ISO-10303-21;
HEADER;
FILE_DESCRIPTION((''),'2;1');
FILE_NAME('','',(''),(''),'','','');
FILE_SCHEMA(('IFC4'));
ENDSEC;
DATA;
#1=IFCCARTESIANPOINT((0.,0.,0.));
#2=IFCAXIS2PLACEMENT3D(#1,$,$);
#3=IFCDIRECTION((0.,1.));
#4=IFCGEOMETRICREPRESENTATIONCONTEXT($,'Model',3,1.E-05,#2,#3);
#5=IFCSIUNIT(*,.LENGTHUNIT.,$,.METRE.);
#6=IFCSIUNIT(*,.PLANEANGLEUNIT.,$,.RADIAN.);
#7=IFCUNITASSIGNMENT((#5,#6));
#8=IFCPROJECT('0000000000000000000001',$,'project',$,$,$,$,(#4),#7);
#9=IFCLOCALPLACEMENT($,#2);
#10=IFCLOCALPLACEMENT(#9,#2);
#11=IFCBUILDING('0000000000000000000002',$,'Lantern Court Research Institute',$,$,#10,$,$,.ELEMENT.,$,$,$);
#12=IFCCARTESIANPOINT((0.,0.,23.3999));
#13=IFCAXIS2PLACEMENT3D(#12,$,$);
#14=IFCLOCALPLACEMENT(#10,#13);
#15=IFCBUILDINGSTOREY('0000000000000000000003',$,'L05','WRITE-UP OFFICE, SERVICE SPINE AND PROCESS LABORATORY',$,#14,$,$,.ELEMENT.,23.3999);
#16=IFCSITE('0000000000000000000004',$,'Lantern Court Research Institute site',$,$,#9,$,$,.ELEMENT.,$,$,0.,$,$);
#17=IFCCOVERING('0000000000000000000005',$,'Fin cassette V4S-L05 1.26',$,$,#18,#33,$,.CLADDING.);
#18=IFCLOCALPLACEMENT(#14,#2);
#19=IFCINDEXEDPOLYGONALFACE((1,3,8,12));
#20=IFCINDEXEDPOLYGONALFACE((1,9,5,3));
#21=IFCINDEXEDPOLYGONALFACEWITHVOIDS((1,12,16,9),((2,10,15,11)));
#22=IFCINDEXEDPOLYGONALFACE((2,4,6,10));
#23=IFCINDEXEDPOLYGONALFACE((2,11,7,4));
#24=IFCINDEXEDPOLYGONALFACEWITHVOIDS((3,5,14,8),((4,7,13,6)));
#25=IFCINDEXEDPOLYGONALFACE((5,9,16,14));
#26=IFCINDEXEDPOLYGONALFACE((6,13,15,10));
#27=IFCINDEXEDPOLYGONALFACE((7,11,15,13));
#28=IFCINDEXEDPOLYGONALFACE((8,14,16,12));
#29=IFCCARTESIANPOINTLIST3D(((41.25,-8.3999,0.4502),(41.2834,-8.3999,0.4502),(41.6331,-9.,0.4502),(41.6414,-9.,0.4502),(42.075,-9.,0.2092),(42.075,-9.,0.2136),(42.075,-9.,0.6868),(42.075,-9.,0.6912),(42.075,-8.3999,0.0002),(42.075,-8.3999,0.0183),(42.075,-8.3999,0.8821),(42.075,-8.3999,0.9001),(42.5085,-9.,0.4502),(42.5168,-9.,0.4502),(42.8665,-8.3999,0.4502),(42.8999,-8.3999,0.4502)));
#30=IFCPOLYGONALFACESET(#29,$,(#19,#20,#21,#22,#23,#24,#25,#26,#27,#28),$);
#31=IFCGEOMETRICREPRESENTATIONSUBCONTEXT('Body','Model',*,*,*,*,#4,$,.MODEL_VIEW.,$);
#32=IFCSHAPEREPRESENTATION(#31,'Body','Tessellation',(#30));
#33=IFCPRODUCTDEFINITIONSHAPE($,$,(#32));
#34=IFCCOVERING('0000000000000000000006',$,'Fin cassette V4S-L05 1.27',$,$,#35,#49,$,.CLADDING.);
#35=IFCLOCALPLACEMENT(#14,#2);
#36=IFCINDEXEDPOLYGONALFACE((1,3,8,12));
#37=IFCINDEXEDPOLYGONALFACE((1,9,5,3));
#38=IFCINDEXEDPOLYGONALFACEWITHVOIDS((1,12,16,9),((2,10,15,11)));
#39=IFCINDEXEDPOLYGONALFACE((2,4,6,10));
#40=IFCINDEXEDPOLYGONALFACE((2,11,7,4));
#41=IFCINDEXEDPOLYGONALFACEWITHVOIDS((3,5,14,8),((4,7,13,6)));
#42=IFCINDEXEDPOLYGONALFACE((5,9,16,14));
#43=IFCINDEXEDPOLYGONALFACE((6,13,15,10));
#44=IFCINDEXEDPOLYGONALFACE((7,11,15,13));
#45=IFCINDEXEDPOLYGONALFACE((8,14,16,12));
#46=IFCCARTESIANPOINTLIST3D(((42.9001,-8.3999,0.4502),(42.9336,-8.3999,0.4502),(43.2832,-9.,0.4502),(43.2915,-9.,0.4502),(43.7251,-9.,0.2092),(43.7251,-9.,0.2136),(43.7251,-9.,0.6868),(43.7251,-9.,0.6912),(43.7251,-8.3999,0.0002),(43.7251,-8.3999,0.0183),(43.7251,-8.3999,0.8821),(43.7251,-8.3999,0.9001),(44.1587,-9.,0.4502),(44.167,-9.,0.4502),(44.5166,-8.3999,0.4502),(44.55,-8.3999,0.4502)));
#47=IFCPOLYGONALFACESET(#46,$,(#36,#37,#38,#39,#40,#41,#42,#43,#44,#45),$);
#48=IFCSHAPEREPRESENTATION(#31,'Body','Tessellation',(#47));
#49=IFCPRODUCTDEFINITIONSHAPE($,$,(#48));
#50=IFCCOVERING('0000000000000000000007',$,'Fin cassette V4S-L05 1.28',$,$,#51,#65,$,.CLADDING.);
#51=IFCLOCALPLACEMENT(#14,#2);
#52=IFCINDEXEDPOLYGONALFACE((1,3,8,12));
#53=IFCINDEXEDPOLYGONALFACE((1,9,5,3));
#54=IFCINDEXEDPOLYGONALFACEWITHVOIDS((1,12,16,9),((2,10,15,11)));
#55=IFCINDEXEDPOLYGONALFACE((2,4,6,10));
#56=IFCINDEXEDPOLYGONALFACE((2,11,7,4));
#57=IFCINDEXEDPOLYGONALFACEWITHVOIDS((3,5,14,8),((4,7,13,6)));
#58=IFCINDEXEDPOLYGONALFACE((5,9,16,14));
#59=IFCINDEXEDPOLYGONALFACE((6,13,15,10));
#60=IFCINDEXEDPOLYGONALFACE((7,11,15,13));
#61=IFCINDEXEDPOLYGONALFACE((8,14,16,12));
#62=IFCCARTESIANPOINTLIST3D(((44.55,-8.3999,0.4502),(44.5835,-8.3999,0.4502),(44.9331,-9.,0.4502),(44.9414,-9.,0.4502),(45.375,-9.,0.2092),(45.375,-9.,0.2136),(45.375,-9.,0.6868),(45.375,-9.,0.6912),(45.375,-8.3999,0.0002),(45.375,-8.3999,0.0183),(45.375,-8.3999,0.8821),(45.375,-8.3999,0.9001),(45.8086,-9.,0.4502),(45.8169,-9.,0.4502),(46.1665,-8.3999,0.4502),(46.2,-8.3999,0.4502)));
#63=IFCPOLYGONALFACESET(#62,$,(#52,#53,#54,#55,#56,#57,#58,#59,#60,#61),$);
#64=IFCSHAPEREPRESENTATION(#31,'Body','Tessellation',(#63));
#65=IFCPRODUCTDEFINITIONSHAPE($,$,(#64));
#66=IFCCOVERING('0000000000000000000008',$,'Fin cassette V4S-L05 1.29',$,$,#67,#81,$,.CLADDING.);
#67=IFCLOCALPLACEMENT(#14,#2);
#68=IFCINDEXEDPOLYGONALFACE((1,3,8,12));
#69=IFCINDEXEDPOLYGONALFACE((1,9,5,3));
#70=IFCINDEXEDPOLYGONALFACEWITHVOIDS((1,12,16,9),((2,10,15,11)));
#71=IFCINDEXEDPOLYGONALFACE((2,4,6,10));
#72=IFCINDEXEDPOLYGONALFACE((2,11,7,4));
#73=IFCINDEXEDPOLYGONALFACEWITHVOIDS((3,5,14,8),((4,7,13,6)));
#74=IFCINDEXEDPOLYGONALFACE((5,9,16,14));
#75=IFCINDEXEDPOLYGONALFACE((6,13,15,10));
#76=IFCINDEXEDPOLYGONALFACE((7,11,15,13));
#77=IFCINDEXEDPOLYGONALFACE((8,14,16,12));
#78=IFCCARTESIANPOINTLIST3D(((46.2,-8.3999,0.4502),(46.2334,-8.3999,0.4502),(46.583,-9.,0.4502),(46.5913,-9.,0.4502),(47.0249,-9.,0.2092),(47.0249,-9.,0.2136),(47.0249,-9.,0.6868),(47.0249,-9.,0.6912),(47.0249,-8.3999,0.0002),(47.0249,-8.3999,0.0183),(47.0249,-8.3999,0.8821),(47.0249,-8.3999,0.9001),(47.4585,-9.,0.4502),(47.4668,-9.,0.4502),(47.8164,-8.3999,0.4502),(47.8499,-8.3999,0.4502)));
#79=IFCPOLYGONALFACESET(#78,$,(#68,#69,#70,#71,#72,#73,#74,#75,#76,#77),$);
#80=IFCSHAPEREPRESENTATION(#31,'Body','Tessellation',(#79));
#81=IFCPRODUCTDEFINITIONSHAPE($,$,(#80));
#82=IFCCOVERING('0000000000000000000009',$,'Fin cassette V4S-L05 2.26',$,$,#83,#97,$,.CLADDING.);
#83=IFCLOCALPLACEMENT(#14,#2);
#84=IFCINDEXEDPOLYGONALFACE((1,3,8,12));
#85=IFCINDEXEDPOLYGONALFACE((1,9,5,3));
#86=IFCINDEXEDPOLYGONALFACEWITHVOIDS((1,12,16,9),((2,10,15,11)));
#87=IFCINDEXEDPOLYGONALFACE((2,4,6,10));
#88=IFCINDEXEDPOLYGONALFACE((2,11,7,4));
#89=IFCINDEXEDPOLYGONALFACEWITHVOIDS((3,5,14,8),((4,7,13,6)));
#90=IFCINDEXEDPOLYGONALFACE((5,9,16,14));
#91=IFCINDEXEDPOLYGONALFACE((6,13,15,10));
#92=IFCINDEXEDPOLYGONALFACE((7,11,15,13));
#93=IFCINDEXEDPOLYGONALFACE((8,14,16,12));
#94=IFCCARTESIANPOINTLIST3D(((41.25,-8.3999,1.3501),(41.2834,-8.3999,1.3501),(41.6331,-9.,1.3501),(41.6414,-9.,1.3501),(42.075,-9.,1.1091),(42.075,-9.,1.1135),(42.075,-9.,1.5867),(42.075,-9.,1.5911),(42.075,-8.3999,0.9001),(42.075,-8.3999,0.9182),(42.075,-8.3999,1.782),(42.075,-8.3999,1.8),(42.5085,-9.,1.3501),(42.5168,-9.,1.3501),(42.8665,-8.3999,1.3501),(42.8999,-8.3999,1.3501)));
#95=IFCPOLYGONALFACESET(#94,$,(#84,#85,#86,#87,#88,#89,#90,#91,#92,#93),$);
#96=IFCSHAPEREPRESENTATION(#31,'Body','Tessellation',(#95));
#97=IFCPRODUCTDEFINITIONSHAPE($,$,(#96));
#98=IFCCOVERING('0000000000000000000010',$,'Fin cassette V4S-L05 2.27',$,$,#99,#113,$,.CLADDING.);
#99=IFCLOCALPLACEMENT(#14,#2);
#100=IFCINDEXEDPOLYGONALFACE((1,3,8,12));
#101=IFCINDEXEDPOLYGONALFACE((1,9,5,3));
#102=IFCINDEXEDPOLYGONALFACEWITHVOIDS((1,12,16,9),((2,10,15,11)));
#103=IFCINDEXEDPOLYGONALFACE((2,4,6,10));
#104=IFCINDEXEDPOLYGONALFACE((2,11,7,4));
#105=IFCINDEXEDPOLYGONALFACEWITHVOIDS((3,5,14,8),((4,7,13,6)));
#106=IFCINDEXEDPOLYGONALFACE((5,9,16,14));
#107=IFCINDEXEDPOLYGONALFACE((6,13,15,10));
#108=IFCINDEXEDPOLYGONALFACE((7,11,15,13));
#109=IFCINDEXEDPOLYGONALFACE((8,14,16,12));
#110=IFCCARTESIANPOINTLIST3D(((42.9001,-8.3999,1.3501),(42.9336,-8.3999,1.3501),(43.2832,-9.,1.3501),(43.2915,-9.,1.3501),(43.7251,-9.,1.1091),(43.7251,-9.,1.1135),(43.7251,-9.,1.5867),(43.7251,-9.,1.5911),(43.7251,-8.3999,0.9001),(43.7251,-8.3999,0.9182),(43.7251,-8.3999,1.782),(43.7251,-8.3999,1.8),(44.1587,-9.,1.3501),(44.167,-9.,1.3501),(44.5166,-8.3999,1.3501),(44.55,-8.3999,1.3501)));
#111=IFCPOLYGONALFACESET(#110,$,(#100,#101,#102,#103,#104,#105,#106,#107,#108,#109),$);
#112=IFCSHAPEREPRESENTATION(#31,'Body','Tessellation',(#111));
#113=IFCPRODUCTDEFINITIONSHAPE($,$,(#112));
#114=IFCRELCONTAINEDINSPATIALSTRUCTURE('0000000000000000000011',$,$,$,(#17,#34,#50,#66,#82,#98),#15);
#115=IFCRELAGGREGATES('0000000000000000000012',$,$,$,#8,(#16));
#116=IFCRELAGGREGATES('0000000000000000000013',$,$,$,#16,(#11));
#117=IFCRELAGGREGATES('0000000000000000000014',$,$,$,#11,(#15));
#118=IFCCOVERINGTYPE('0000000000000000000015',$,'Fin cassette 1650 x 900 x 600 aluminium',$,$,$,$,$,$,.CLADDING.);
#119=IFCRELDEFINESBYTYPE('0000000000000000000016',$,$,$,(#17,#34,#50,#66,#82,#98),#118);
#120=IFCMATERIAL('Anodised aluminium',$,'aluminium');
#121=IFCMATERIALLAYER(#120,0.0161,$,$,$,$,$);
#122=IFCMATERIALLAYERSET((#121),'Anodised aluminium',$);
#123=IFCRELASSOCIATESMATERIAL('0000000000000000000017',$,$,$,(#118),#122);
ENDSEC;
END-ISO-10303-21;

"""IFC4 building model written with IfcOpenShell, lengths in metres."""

from ifc_helpers import new_model, entity, si_unit, direction, frame, origin, place, context, subcontext, project, spatial, material, layer, layer_set, type_object, element, save


model = new_model("IFC4")

# Units and contexts
model_context = context("Model", 3, precision=1e-05, world=origin(), true_north=direction((0.0, 1.0)))
body_context = subcontext(model_context, "Body", "Model", "MODEL_VIEW")
ifc_project = project(units=[si_unit("LENGTHUNIT", "METRE"), si_unit("PLANEANGLEUNIT", "RADIAN")], contexts=[model_context])

# Site, building, storey
site_placement = place(None, origin())
site = spatial("IfcSite", under=ifc_project, at=site_placement, Name="Lantern Court Research Institute site", CompositionType="ELEMENT", RefElevation=0.0)
building_placement = place(site_placement, origin())
building = spatial("IfcBuilding", under=site, at=building_placement, Name="Lantern Court Research Institute", CompositionType="ELEMENT")
storey_placement = place(building_placement, frame((0.0, 0.0, 23.3999)))
storey = spatial("IfcBuildingStorey", under=building, at=storey_placement, Name="L05", Description="WRITE-UP OFFICE, SERVICE SPINE AND PROCESS LABORATORY", CompositionType="ELEMENT", Elevation=23.3999)

# Coverings
ifc_material_1 = material(Name="Anodised aluminium", Category="aluminium")
ifc_layer_1 = layer(ifc_material_1, 0.0161)
ifc_layer_set_1 = layer_set([ifc_layer_1], Name="Anodised aluminium")
covering_type = type_object("IfcCoveringType", Name="Fin cassette 1650 x 900 x 600 aluminium", PredefinedType="CLADDING", material=ifc_layer_set_1)
covering_1_placement = place(storey_placement, frame((42.075, -8.3999, 0.4502), z_axis=(0.0, -1.0, 0.0), x_axis=(1.0, 0.0, 0.0)))
cartesian_point_1 = entity("IfcCartesianPoint", [0.825, 0.0])
cartesian_point_2 = entity("IfcCartesianPoint", [0.7915, 0.0])
cartesian_point_3 = entity("IfcCartesianPoint", [0.4419, 0.0])
cartesian_point_4 = entity("IfcCartesianPoint", [0.4336, 0.0])
element("IfcCovering", 1, at=covering_1_placement, inside=storey, type_object=covering_type, Name="Fin cassette V4S-L05 1.26", PredefinedType="CLADDING", context=body_context, shape_type="SweptSolid", body=[
    entity("IfcExtrudedAreaSolidTapered", entity("IfcArbitraryProfileDefWithVoids", "AREA", None, entity("IfcPolyline", [cartesian_point_1, entity("IfcCartesianPoint", [0.0, 0.45]), entity("IfcCartesianPoint", [-0.825, 0.0]), entity("IfcCartesianPoint", [0.0, -0.45]), cartesian_point_1]), [entity("IfcPolyline", [cartesian_point_2, entity("IfcCartesianPoint", [0.0, 0.4319]), entity("IfcCartesianPoint", [-0.7915, 0.0]), entity("IfcCartesianPoint", [0.0, -0.4319]), cartesian_point_2])]), entity("IfcAxis2Placement3D", entity("IfcCartesianPoint", [0.0, 0.0, 0.0])), entity("IfcDirection", [0.0, 0.0, 1.0]), 0.6001, entity("IfcArbitraryProfileDefWithVoids", "AREA", None, entity("IfcPolyline", [cartesian_point_3, entity("IfcCartesianPoint", [0.0, 0.241]), entity("IfcCartesianPoint", [-0.4419, 0.0]), entity("IfcCartesianPoint", [0.0, -0.241]), cartesian_point_3]), [entity("IfcPolyline", [cartesian_point_4, entity("IfcCartesianPoint", [0.0, 0.2366]), entity("IfcCartesianPoint", [-0.4336, 0.0]), entity("IfcCartesianPoint", [0.0, -0.2366]), cartesian_point_4])])),
])
covering_2_placement = place(storey_placement, frame((43.7251, -8.3999, 0.4502), z_axis=(0.0, -1.0, 0.0), x_axis=(1.0, 0.0, 0.0)))
cartesian_point_5 = entity("IfcCartesianPoint", [0.825, 0.0])
cartesian_point_6 = entity("IfcCartesianPoint", [0.7915, 0.0])
cartesian_point_7 = entity("IfcCartesianPoint", [0.4419, 0.0])
cartesian_point_8 = entity("IfcCartesianPoint", [0.4336, 0.0])
element("IfcCovering", 2, at=covering_2_placement, inside=storey, type_object=covering_type, Name="Fin cassette V4S-L05 1.27", PredefinedType="CLADDING", context=body_context, shape_type="SweptSolid", body=[
    entity("IfcExtrudedAreaSolidTapered", entity("IfcArbitraryProfileDefWithVoids", "AREA", None, entity("IfcPolyline", [cartesian_point_5, entity("IfcCartesianPoint", [0.0, 0.45]), entity("IfcCartesianPoint", [-0.825, 0.0]), entity("IfcCartesianPoint", [0.0, -0.45]), cartesian_point_5]), [entity("IfcPolyline", [cartesian_point_6, entity("IfcCartesianPoint", [0.0, 0.4319]), entity("IfcCartesianPoint", [-0.7915, 0.0]), entity("IfcCartesianPoint", [0.0, -0.4319]), cartesian_point_6])]), entity("IfcAxis2Placement3D", entity("IfcCartesianPoint", [0.0, 0.0, 0.0])), entity("IfcDirection", [0.0, 0.0, 1.0]), 0.6001, entity("IfcArbitraryProfileDefWithVoids", "AREA", None, entity("IfcPolyline", [cartesian_point_7, entity("IfcCartesianPoint", [0.0, 0.241]), entity("IfcCartesianPoint", [-0.4419, 0.0]), entity("IfcCartesianPoint", [0.0, -0.241]), cartesian_point_7]), [entity("IfcPolyline", [cartesian_point_8, entity("IfcCartesianPoint", [0.0, 0.2366]), entity("IfcCartesianPoint", [-0.4336, 0.0]), entity("IfcCartesianPoint", [0.0, -0.2366]), cartesian_point_8])])),
])
covering_3_placement = place(storey_placement, frame((45.375, -8.3999, 0.4502), z_axis=(0.0, -1.0, 0.0), x_axis=(1.0, 0.0, 0.0)))
cartesian_point_9 = entity("IfcCartesianPoint", [0.825, 0.0])
cartesian_point_10 = entity("IfcCartesianPoint", [0.7915, 0.0])
cartesian_point_11 = entity("IfcCartesianPoint", [0.4419, 0.0])
cartesian_point_12 = entity("IfcCartesianPoint", [0.4336, 0.0])
element("IfcCovering", 3, at=covering_3_placement, inside=storey, type_object=covering_type, Name="Fin cassette V4S-L05 1.28", PredefinedType="CLADDING", context=body_context, shape_type="SweptSolid", body=[
    entity("IfcExtrudedAreaSolidTapered", entity("IfcArbitraryProfileDefWithVoids", "AREA", None, entity("IfcPolyline", [cartesian_point_9, entity("IfcCartesianPoint", [0.0, 0.45]), entity("IfcCartesianPoint", [-0.825, 0.0]), entity("IfcCartesianPoint", [0.0, -0.45]), cartesian_point_9]), [entity("IfcPolyline", [cartesian_point_10, entity("IfcCartesianPoint", [0.0, 0.4319]), entity("IfcCartesianPoint", [-0.7915, 0.0]), entity("IfcCartesianPoint", [0.0, -0.4319]), cartesian_point_10])]), entity("IfcAxis2Placement3D", entity("IfcCartesianPoint", [0.0, 0.0, 0.0])), entity("IfcDirection", [0.0, 0.0, 1.0]), 0.6001, entity("IfcArbitraryProfileDefWithVoids", "AREA", None, entity("IfcPolyline", [cartesian_point_11, entity("IfcCartesianPoint", [0.0, 0.241]), entity("IfcCartesianPoint", [-0.4419, 0.0]), entity("IfcCartesianPoint", [0.0, -0.241]), cartesian_point_11]), [entity("IfcPolyline", [cartesian_point_12, entity("IfcCartesianPoint", [0.0, 0.2366]), entity("IfcCartesianPoint", [-0.4336, 0.0]), entity("IfcCartesianPoint", [0.0, -0.2366]), cartesian_point_12])])),
])
covering_4_placement = place(storey_placement, frame((47.0249, -8.3999, 0.4502), z_axis=(0.0, -1.0, 0.0), x_axis=(1.0, 0.0, 0.0)))
cartesian_point_13 = entity("IfcCartesianPoint", [0.825, 0.0])
cartesian_point_14 = entity("IfcCartesianPoint", [0.7915, 0.0])
cartesian_point_15 = entity("IfcCartesianPoint", [0.4419, 0.0])
cartesian_point_16 = entity("IfcCartesianPoint", [0.4336, 0.0])
element("IfcCovering", 4, at=covering_4_placement, inside=storey, type_object=covering_type, Name="Fin cassette V4S-L05 1.29", PredefinedType="CLADDING", context=body_context, shape_type="SweptSolid", body=[
    entity("IfcExtrudedAreaSolidTapered", entity("IfcArbitraryProfileDefWithVoids", "AREA", None, entity("IfcPolyline", [cartesian_point_13, entity("IfcCartesianPoint", [0.0, 0.45]), entity("IfcCartesianPoint", [-0.825, 0.0]), entity("IfcCartesianPoint", [0.0, -0.45]), cartesian_point_13]), [entity("IfcPolyline", [cartesian_point_14, entity("IfcCartesianPoint", [0.0, 0.4319]), entity("IfcCartesianPoint", [-0.7915, 0.0]), entity("IfcCartesianPoint", [0.0, -0.4319]), cartesian_point_14])]), entity("IfcAxis2Placement3D", entity("IfcCartesianPoint", [0.0, 0.0, 0.0])), entity("IfcDirection", [0.0, 0.0, 1.0]), 0.6001, entity("IfcArbitraryProfileDefWithVoids", "AREA", None, entity("IfcPolyline", [cartesian_point_15, entity("IfcCartesianPoint", [0.0, 0.241]), entity("IfcCartesianPoint", [-0.4419, 0.0]), entity("IfcCartesianPoint", [0.0, -0.241]), cartesian_point_15]), [entity("IfcPolyline", [cartesian_point_16, entity("IfcCartesianPoint", [0.0, 0.2366]), entity("IfcCartesianPoint", [-0.4336, 0.0]), entity("IfcCartesianPoint", [0.0, -0.2366]), cartesian_point_16])])),
])
covering_5_placement = place(storey_placement, frame((42.075, -8.3999, 1.3501), z_axis=(0.0, -1.0, 0.0), x_axis=(1.0, 0.0, 0.0)))
cartesian_point_17 = entity("IfcCartesianPoint", [0.825, 0.0])
cartesian_point_18 = entity("IfcCartesianPoint", [0.7915, 0.0])
cartesian_point_19 = entity("IfcCartesianPoint", [0.4419, 0.0])
cartesian_point_20 = entity("IfcCartesianPoint", [0.4336, 0.0])
element("IfcCovering", 5, at=covering_5_placement, inside=storey, type_object=covering_type, Name="Fin cassette V4S-L05 2.26", PredefinedType="CLADDING", context=body_context, shape_type="SweptSolid", body=[
    entity("IfcExtrudedAreaSolidTapered", entity("IfcArbitraryProfileDefWithVoids", "AREA", None, entity("IfcPolyline", [cartesian_point_17, entity("IfcCartesianPoint", [0.0, 0.45]), entity("IfcCartesianPoint", [-0.825, 0.0]), entity("IfcCartesianPoint", [0.0, -0.45]), cartesian_point_17]), [entity("IfcPolyline", [cartesian_point_18, entity("IfcCartesianPoint", [0.0, 0.4319]), entity("IfcCartesianPoint", [-0.7915, 0.0]), entity("IfcCartesianPoint", [0.0, -0.4319]), cartesian_point_18])]), entity("IfcAxis2Placement3D", entity("IfcCartesianPoint", [0.0, 0.0, 0.0])), entity("IfcDirection", [0.0, 0.0, 1.0]), 0.6001, entity("IfcArbitraryProfileDefWithVoids", "AREA", None, entity("IfcPolyline", [cartesian_point_19, entity("IfcCartesianPoint", [0.0, 0.241]), entity("IfcCartesianPoint", [-0.4419, 0.0]), entity("IfcCartesianPoint", [0.0, -0.241]), cartesian_point_19]), [entity("IfcPolyline", [cartesian_point_20, entity("IfcCartesianPoint", [0.0, 0.2366]), entity("IfcCartesianPoint", [-0.4336, 0.0]), entity("IfcCartesianPoint", [0.0, -0.2366]), cartesian_point_20])])),
])
covering_6_placement = place(storey_placement, frame((43.7251, -8.3999, 1.3501), z_axis=(0.0, -1.0, 0.0), x_axis=(1.0, 0.0, 0.0)))
cartesian_point_21 = entity("IfcCartesianPoint", [0.825, 0.0])
cartesian_point_22 = entity("IfcCartesianPoint", [0.7915, 0.0])
cartesian_point_23 = entity("IfcCartesianPoint", [0.4419, 0.0])
cartesian_point_24 = entity("IfcCartesianPoint", [0.4336, 0.0])
element("IfcCovering", 6, at=covering_6_placement, inside=storey, type_object=covering_type, Name="Fin cassette V4S-L05 2.27", PredefinedType="CLADDING", context=body_context, shape_type="SweptSolid", body=[
    entity("IfcExtrudedAreaSolidTapered", entity("IfcArbitraryProfileDefWithVoids", "AREA", None, entity("IfcPolyline", [cartesian_point_21, entity("IfcCartesianPoint", [0.0, 0.45]), entity("IfcCartesianPoint", [-0.825, 0.0]), entity("IfcCartesianPoint", [0.0, -0.45]), cartesian_point_21]), [entity("IfcPolyline", [cartesian_point_22, entity("IfcCartesianPoint", [0.0, 0.4319]), entity("IfcCartesianPoint", [-0.7915, 0.0]), entity("IfcCartesianPoint", [0.0, -0.4319]), cartesian_point_22])]), entity("IfcAxis2Placement3D", entity("IfcCartesianPoint", [0.0, 0.0, 0.0])), entity("IfcDirection", [0.0, 0.0, 1.0]), 0.6001, entity("IfcArbitraryProfileDefWithVoids", "AREA", None, entity("IfcPolyline", [cartesian_point_23, entity("IfcCartesianPoint", [0.0, 0.241]), entity("IfcCartesianPoint", [-0.4419, 0.0]), entity("IfcCartesianPoint", [0.0, -0.241]), cartesian_point_23]), [entity("IfcPolyline", [cartesian_point_24, entity("IfcCartesianPoint", [0.0, 0.2366]), entity("IfcCartesianPoint", [-0.4336, 0.0]), entity("IfcCartesianPoint", [0.0, -0.2366]), cartesian_point_24])])),
])

save(model, "model.ifc")
